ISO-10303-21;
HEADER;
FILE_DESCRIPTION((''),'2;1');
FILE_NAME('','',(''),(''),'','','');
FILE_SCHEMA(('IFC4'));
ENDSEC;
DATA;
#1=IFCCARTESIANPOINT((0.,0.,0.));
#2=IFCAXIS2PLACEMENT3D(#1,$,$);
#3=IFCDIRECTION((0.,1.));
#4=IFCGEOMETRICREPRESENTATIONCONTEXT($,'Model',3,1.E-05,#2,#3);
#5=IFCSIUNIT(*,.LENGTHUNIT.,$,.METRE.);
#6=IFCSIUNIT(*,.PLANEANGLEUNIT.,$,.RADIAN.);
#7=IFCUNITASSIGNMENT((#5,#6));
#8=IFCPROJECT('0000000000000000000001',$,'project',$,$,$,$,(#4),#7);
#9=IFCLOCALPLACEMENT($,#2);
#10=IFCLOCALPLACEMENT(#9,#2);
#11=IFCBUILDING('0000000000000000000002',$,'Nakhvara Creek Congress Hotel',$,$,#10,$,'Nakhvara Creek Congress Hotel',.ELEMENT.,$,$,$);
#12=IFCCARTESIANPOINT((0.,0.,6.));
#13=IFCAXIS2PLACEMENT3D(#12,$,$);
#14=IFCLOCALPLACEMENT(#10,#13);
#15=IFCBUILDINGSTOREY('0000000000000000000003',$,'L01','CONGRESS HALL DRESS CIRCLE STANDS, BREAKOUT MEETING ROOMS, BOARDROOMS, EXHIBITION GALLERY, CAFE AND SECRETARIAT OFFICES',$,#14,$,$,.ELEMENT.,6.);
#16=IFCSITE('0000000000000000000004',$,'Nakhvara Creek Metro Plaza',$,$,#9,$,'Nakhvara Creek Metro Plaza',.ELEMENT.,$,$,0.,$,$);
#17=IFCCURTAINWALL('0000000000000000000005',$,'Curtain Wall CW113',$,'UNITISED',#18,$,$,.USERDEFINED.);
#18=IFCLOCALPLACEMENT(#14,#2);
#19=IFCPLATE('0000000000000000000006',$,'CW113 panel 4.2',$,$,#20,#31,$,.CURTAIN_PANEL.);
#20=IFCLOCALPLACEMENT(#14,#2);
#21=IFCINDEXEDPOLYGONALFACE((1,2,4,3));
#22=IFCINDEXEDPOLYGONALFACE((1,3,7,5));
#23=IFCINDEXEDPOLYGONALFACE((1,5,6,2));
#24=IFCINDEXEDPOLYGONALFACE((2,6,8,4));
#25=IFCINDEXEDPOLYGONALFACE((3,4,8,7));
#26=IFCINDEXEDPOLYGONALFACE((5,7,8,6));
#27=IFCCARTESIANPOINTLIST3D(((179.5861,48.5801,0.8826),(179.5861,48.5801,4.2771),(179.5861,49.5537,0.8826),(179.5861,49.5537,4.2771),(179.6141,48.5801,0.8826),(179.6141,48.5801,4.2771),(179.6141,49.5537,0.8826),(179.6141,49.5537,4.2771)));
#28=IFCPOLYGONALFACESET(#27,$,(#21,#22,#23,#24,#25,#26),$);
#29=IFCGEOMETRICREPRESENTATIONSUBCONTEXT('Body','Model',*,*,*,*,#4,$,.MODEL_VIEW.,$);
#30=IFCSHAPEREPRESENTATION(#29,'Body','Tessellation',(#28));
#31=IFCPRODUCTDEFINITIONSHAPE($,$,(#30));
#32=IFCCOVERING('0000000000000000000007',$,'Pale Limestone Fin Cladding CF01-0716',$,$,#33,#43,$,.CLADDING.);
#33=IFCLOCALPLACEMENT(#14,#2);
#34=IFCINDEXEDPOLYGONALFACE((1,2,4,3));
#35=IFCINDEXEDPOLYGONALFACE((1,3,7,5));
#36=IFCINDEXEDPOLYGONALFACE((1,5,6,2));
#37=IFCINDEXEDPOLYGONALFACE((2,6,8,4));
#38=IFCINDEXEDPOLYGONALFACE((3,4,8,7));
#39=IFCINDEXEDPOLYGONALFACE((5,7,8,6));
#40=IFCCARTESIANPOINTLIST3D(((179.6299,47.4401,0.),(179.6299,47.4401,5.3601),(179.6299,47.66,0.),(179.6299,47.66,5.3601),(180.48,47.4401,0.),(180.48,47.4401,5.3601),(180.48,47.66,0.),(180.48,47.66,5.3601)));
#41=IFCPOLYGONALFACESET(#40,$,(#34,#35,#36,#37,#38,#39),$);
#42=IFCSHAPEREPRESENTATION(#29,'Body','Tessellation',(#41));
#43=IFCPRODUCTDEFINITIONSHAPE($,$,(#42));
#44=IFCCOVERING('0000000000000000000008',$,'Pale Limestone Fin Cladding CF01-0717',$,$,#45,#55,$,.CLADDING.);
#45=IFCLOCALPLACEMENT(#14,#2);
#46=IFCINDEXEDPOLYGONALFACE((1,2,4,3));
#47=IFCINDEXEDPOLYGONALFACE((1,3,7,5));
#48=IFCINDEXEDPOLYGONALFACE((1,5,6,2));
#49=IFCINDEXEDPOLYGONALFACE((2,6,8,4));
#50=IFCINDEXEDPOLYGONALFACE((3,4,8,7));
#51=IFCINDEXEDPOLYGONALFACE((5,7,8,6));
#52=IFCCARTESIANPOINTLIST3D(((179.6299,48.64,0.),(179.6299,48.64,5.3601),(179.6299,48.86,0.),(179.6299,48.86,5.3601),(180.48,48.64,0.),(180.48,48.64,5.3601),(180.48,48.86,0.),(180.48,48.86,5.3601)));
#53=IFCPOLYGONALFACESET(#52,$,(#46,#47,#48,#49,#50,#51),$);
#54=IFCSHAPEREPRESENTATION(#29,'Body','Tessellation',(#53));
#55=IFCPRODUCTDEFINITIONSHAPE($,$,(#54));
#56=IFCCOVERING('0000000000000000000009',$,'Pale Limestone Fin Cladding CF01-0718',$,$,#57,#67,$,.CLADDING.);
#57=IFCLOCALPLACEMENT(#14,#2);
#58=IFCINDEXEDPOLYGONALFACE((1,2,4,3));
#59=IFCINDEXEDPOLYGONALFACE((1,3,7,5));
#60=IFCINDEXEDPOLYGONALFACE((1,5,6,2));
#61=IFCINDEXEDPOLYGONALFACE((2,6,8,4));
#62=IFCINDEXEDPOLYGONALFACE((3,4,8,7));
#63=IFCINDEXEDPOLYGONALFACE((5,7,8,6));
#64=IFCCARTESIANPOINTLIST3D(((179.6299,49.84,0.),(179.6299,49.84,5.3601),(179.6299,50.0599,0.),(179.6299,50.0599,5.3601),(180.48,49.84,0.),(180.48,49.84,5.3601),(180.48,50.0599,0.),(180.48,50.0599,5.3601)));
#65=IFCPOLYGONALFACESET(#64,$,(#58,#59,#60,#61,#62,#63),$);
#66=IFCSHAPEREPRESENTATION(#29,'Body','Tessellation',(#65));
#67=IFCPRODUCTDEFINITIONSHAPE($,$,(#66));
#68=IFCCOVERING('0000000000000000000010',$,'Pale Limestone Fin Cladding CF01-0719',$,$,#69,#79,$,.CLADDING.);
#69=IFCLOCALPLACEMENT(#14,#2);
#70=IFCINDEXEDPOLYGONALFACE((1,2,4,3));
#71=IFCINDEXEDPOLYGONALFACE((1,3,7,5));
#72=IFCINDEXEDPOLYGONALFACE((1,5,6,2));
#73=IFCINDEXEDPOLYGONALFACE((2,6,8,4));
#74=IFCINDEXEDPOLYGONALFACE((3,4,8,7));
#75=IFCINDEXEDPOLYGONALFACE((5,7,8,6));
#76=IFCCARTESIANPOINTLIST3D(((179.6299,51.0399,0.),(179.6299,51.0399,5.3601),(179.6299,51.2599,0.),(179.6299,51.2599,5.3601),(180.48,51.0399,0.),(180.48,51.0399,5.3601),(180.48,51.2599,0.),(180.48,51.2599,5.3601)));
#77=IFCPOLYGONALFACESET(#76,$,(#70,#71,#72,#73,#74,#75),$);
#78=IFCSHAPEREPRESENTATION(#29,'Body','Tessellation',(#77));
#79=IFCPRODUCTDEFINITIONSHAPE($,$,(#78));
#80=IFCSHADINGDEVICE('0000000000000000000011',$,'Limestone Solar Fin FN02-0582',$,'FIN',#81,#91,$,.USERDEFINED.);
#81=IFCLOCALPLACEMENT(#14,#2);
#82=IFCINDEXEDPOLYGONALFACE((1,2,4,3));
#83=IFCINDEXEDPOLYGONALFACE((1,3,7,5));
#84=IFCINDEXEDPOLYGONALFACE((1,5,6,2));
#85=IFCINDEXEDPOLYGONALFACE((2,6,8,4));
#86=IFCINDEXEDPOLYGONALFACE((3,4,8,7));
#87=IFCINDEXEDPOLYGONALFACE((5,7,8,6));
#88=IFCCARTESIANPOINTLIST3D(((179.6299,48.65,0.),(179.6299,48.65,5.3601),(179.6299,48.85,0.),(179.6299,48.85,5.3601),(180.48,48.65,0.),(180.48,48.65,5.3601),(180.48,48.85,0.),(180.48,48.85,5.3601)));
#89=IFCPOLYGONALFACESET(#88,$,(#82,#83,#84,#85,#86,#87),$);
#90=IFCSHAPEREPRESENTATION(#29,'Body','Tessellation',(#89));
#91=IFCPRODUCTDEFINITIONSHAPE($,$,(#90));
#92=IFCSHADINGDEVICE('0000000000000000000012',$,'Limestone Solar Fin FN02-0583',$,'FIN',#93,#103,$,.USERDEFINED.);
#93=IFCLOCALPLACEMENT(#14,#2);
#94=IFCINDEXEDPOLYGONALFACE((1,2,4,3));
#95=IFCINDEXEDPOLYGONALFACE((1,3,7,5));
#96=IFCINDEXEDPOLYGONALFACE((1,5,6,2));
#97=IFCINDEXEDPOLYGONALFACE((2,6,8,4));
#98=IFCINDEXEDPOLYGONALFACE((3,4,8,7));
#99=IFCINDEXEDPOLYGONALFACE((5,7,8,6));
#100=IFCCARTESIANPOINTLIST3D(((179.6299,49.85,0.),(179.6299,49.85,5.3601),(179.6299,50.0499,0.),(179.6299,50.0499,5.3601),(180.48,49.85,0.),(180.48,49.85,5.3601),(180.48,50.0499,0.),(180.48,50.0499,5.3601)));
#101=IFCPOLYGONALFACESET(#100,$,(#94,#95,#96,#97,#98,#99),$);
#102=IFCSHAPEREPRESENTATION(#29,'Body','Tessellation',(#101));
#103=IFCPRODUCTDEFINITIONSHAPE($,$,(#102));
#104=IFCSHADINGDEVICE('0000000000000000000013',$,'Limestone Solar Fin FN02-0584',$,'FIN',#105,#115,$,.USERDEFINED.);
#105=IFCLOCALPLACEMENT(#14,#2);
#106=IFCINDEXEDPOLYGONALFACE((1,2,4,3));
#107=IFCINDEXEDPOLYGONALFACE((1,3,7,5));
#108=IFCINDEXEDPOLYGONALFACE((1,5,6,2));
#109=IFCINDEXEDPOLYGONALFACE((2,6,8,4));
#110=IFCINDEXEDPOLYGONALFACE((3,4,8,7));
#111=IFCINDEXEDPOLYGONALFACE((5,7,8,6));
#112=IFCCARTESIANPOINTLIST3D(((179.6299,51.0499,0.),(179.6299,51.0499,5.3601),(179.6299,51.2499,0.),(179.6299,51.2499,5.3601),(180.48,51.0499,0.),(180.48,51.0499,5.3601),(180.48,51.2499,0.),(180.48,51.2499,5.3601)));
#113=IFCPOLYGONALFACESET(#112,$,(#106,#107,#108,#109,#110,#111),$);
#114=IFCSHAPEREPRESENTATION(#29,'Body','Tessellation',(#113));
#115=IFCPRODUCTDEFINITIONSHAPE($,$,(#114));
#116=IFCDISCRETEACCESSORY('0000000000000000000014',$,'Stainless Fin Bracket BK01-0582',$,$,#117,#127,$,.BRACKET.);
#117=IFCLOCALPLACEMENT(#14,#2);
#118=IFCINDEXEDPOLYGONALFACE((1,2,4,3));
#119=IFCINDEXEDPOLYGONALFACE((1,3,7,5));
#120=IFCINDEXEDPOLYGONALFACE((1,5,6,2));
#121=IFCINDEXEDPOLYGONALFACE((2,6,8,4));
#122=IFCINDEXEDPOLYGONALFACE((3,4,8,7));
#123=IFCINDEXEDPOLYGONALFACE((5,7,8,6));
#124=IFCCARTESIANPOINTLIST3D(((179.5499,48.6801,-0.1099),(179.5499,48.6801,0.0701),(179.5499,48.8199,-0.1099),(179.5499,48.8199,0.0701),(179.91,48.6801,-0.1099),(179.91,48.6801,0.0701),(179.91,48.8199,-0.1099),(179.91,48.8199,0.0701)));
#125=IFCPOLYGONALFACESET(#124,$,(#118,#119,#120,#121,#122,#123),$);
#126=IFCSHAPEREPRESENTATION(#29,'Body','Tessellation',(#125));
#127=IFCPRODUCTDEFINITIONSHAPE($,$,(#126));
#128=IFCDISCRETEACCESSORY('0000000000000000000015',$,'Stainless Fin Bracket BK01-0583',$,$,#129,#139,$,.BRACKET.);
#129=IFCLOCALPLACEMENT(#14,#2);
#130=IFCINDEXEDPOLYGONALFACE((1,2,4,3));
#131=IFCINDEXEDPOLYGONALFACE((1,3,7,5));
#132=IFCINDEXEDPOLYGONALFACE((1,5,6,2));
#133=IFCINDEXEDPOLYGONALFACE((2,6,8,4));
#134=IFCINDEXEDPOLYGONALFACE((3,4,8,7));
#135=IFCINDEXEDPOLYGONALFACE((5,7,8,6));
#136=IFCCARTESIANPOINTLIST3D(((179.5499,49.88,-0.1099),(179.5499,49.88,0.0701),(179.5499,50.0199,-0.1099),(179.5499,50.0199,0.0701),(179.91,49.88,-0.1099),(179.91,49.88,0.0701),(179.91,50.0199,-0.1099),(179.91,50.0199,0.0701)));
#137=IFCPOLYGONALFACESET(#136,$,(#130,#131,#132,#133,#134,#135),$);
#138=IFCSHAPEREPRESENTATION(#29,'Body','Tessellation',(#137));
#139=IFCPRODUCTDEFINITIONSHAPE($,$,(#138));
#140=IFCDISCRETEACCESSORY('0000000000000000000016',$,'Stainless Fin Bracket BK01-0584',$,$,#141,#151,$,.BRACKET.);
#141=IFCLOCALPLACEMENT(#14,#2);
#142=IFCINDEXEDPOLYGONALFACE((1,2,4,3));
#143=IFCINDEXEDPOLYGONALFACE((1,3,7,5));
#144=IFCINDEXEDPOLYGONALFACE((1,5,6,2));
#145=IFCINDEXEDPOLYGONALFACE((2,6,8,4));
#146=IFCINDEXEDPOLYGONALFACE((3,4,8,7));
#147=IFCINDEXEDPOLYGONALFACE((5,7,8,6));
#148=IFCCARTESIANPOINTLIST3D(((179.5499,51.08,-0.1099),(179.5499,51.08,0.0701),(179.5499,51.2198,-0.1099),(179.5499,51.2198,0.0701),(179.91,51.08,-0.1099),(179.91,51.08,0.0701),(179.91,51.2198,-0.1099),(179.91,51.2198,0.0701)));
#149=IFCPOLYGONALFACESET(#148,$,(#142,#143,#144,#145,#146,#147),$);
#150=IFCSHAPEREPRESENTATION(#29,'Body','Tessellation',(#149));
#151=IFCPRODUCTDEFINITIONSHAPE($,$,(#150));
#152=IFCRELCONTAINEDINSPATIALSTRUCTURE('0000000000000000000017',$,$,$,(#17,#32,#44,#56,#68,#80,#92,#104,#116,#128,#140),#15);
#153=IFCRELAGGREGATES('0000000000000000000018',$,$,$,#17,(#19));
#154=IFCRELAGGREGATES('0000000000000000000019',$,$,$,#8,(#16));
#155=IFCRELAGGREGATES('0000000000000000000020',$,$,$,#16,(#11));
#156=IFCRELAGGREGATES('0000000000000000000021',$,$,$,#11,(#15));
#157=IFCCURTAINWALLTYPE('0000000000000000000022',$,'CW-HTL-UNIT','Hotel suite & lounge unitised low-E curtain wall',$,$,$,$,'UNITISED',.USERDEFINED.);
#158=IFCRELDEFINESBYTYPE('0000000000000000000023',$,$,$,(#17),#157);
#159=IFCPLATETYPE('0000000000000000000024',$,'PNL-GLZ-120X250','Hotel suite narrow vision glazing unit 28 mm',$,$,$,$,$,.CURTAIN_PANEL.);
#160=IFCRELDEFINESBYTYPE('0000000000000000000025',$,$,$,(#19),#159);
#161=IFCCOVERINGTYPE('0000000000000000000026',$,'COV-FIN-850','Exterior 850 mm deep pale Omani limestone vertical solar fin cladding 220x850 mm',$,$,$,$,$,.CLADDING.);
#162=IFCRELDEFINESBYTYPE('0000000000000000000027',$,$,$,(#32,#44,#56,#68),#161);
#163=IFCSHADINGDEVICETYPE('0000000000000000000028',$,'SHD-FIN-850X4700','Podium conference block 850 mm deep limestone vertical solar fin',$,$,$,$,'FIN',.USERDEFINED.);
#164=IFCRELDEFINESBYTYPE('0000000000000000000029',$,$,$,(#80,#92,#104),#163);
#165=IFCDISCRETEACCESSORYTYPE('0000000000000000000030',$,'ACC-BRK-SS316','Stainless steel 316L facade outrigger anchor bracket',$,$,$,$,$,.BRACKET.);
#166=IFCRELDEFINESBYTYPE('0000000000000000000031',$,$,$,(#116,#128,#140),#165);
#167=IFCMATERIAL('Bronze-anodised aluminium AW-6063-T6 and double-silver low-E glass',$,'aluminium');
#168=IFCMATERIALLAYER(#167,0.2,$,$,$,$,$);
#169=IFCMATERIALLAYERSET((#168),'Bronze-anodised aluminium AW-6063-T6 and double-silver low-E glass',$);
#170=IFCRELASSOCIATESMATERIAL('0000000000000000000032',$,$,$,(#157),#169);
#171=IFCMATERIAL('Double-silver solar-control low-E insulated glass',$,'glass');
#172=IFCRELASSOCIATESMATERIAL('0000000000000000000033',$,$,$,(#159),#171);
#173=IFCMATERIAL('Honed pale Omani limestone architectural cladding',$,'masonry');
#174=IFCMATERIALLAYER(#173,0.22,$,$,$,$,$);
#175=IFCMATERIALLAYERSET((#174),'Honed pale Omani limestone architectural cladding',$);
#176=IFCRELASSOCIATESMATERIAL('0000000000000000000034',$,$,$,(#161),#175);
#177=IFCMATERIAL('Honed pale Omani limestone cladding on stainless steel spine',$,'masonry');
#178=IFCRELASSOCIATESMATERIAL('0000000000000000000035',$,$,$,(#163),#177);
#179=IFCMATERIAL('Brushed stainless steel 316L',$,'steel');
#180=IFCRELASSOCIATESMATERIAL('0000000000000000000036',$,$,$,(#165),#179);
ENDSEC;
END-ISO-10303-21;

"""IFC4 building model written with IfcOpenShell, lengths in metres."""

from ifc_helpers import new_model, si_unit, direction, frame, origin, origin_2d, place, context, subcontext, project, spatial, rectangle, extrude, material, layer, layer_set, type_object, element, aggregate, save


model = new_model("IFC4")

# Units and contexts
model_context = context("Model", 3, precision=1e-05, world=origin(), true_north=direction((0.0, 1.0)))
body_context = subcontext(model_context, "Body", "Model", "MODEL_VIEW")
ifc_project = project(units=[si_unit("LENGTHUNIT", "METRE"), si_unit("PLANEANGLEUNIT", "RADIAN")], contexts=[model_context])

# Site, building, storey
site_placement = place(None, origin())
site = spatial("IfcSite", under=ifc_project, at=site_placement, Name="Nakhvara Creek Metro Plaza", LongName="Nakhvara Creek Metro Plaza", CompositionType="ELEMENT", RefElevation=0.0)
building_placement = place(site_placement, origin())
building = spatial("IfcBuilding", under=site, at=building_placement, Name="Nakhvara Creek Congress Hotel", LongName="Nakhvara Creek Congress Hotel", CompositionType="ELEMENT")
storey_placement = place(building_placement, frame((0.0, 0.0, 6.0)))
storey = spatial("IfcBuildingStorey", under=building, at=storey_placement, Name="L01", Description="CONGRESS HALL DRESS CIRCLE STANDS, BREAKOUT MEETING ROOMS, BOARDROOMS, EXHIBITION GALLERY, CAFE AND SECRETARIAT OFFICES", CompositionType="ELEMENT", Elevation=6.0)

# Curtain wall, plate
ifc_material_1 = material(Name="Bronze-anodised aluminium AW-6063-T6 and double-silver low-E glass", Category="aluminium")
ifc_layer_1 = layer(ifc_material_1, 0.2)
ifc_layer_set_1 = layer_set([ifc_layer_1], Name="Bronze-anodised aluminium AW-6063-T6 and double-silver low-E glass")
curtain_wall_type = type_object("IfcCurtainWallType", Name="CW-HTL-UNIT", Description="Hotel suite & lounge unitised low-E curtain wall", ElementType="UNITISED", PredefinedType="USERDEFINED", material=ifc_layer_set_1)
curtain_wall_placement = place(storey_placement, origin())
curtain_wall = element("IfcCurtainWall", 1, at=curtain_wall_placement, inside=storey, type_object=curtain_wall_type, Name="Curtain Wall CW113", ObjectType="UNITISED", PredefinedType="USERDEFINED")
ifc_material_2 = material(Name="Double-silver solar-control low-E insulated glass", Category="glass")
plate_type = type_object("IfcPlateType", Name="PNL-GLZ-120X250", Description="Hotel suite narrow vision glazing unit 28 mm", PredefinedType="CURTAIN_PANEL", material=ifc_material_2)
plate_1_placement = place(storey_placement, frame((179.6001, 49.0669, 0.8826), z_axis=(0.0, 0.0, 1.0), x_axis=(0.0, -1.0, 0.0)))
plate_1 = element("IfcPlate", 2, at=plate_1_placement, type_object=plate_type, Name="CW113 panel 4.2", PredefinedType="CURTAIN_PANEL", context=body_context, shape_type="SweptSolid", body=[
    extrude(rectangle(XDim=0.9736, YDim=0.0281, at=origin_2d()), origin(), (0.0, 0.0, 1.0), 3.3945),
])
aggregate(curtain_wall, [plate_1])

# Coverings
ifc_material_3 = material(Name="Honed pale Omani limestone architectural cladding", Category="masonry")
ifc_layer_2 = layer(ifc_material_3, 0.22)
ifc_layer_set_2 = layer_set([ifc_layer_2], Name="Honed pale Omani limestone architectural cladding")
covering_type = type_object("IfcCoveringType", Name="COV-FIN-850", Description="Exterior 850 mm deep pale Omani limestone vertical solar fin cladding 220x850 mm", PredefinedType="CLADDING", material=ifc_layer_set_2)
for number, where, z_axis, x_axis, name in (
    (3, (180.0549, 47.55, 0.0), (0.0, 0.0, 1.0), (0.0, 1.0, 0.0), "Pale Limestone Fin Cladding CF01-0716"),
    (4, (180.0549, 48.75, 0.0), (0.0, 0.0, 1.0), (0.0, 1.0, 0.0), "Pale Limestone Fin Cladding CF01-0717"),
    (5, (180.0549, 49.95, 0.0), (0.0, 0.0, 1.0), (0.0, 1.0, 0.0), "Pale Limestone Fin Cladding CF01-0718"),
    (6, (180.0549, 51.1499, 0.0), (0.0, 0.0, 1.0), (0.0, 1.0, 0.0), "Pale Limestone Fin Cladding CF01-0719"),
):
    element("IfcCovering", number, at=place(storey_placement, frame(where, z_axis=z_axis, x_axis=x_axis)), inside=storey, type_object=covering_type, Name=name, PredefinedType="CLADDING", context=body_context, shape_type="SweptSolid", body=[
        extrude(rectangle(XDim=0.22, YDim=0.8501, at=origin_2d()), origin(), (0.0, 0.0, 1.0), 5.3601),
    ])

# Shading devices
ifc_material_4 = material(Name="Honed pale Omani limestone cladding on stainless steel spine", Category="masonry")
shading_device_type = type_object("IfcShadingDeviceType", Name="SHD-FIN-850X4700", Description="Podium conference block 850 mm deep limestone vertical solar fin", ElementType="FIN", PredefinedType="USERDEFINED", material=ifc_material_4)
for number, where, z_axis, x_axis, name in (
    (7, (180.0549, 48.75, 0.0), (0.0, 0.0, 1.0), (0.0, 1.0, 0.0), "Limestone Solar Fin FN02-0582"),
    (8, (180.0549, 49.95, 0.0), (0.0, 0.0, 1.0), (0.0, 1.0, 0.0), "Limestone Solar Fin FN02-0583"),
    (9, (180.0549, 51.1499, 0.0), (0.0, 0.0, 1.0), (0.0, 1.0, 0.0), "Limestone Solar Fin FN02-0584"),
):
    element("IfcShadingDevice", number, at=place(storey_placement, frame(where, z_axis=z_axis, x_axis=x_axis)), inside=storey, type_object=shading_device_type, Name=name, ObjectType="FIN", PredefinedType="USERDEFINED", context=body_context, shape_type="SweptSolid", body=[
        extrude(rectangle(XDim=0.2, YDim=0.8501, at=origin_2d()), origin(), (0.0, 0.0, 1.0), 5.3601),
    ])

# Discrete accessories
ifc_material_5 = material(Name="Brushed stainless steel 316L", Category="steel")
discrete_accessory_type = type_object("IfcDiscreteAccessoryType", Name="ACC-BRK-SS316", Description="Stainless steel 316L facade outrigger anchor bracket", PredefinedType="BRACKET", material=ifc_material_5)
for number, where, z_axis, x_axis, name in (
    (10, (179.73, 48.75, -0.1099), (0.0, 0.0, 1.0), (0.0, 1.0, 0.0), "Stainless Fin Bracket BK01-0582"),
    (11, (179.73, 49.95, -0.1099), (0.0, 0.0, 1.0), (0.0, 1.0, 0.0), "Stainless Fin Bracket BK01-0583"),
    (12, (179.73, 51.1499, -0.1099), (0.0, 0.0, 1.0), (0.0, 1.0, 0.0), "Stainless Fin Bracket BK01-0584"),
):
    element("IfcDiscreteAccessory", number, at=place(storey_placement, frame(where, z_axis=z_axis, x_axis=x_axis)), inside=storey, type_object=discrete_accessory_type, Name=name, PredefinedType="BRACKET", context=body_context, shape_type="SweptSolid", body=[
        extrude(rectangle(XDim=0.1399, YDim=0.3601, at=origin_2d()), origin(), (0.0, 0.0, 1.0), 0.1799),
    ])

save(model, "model.ifc")
